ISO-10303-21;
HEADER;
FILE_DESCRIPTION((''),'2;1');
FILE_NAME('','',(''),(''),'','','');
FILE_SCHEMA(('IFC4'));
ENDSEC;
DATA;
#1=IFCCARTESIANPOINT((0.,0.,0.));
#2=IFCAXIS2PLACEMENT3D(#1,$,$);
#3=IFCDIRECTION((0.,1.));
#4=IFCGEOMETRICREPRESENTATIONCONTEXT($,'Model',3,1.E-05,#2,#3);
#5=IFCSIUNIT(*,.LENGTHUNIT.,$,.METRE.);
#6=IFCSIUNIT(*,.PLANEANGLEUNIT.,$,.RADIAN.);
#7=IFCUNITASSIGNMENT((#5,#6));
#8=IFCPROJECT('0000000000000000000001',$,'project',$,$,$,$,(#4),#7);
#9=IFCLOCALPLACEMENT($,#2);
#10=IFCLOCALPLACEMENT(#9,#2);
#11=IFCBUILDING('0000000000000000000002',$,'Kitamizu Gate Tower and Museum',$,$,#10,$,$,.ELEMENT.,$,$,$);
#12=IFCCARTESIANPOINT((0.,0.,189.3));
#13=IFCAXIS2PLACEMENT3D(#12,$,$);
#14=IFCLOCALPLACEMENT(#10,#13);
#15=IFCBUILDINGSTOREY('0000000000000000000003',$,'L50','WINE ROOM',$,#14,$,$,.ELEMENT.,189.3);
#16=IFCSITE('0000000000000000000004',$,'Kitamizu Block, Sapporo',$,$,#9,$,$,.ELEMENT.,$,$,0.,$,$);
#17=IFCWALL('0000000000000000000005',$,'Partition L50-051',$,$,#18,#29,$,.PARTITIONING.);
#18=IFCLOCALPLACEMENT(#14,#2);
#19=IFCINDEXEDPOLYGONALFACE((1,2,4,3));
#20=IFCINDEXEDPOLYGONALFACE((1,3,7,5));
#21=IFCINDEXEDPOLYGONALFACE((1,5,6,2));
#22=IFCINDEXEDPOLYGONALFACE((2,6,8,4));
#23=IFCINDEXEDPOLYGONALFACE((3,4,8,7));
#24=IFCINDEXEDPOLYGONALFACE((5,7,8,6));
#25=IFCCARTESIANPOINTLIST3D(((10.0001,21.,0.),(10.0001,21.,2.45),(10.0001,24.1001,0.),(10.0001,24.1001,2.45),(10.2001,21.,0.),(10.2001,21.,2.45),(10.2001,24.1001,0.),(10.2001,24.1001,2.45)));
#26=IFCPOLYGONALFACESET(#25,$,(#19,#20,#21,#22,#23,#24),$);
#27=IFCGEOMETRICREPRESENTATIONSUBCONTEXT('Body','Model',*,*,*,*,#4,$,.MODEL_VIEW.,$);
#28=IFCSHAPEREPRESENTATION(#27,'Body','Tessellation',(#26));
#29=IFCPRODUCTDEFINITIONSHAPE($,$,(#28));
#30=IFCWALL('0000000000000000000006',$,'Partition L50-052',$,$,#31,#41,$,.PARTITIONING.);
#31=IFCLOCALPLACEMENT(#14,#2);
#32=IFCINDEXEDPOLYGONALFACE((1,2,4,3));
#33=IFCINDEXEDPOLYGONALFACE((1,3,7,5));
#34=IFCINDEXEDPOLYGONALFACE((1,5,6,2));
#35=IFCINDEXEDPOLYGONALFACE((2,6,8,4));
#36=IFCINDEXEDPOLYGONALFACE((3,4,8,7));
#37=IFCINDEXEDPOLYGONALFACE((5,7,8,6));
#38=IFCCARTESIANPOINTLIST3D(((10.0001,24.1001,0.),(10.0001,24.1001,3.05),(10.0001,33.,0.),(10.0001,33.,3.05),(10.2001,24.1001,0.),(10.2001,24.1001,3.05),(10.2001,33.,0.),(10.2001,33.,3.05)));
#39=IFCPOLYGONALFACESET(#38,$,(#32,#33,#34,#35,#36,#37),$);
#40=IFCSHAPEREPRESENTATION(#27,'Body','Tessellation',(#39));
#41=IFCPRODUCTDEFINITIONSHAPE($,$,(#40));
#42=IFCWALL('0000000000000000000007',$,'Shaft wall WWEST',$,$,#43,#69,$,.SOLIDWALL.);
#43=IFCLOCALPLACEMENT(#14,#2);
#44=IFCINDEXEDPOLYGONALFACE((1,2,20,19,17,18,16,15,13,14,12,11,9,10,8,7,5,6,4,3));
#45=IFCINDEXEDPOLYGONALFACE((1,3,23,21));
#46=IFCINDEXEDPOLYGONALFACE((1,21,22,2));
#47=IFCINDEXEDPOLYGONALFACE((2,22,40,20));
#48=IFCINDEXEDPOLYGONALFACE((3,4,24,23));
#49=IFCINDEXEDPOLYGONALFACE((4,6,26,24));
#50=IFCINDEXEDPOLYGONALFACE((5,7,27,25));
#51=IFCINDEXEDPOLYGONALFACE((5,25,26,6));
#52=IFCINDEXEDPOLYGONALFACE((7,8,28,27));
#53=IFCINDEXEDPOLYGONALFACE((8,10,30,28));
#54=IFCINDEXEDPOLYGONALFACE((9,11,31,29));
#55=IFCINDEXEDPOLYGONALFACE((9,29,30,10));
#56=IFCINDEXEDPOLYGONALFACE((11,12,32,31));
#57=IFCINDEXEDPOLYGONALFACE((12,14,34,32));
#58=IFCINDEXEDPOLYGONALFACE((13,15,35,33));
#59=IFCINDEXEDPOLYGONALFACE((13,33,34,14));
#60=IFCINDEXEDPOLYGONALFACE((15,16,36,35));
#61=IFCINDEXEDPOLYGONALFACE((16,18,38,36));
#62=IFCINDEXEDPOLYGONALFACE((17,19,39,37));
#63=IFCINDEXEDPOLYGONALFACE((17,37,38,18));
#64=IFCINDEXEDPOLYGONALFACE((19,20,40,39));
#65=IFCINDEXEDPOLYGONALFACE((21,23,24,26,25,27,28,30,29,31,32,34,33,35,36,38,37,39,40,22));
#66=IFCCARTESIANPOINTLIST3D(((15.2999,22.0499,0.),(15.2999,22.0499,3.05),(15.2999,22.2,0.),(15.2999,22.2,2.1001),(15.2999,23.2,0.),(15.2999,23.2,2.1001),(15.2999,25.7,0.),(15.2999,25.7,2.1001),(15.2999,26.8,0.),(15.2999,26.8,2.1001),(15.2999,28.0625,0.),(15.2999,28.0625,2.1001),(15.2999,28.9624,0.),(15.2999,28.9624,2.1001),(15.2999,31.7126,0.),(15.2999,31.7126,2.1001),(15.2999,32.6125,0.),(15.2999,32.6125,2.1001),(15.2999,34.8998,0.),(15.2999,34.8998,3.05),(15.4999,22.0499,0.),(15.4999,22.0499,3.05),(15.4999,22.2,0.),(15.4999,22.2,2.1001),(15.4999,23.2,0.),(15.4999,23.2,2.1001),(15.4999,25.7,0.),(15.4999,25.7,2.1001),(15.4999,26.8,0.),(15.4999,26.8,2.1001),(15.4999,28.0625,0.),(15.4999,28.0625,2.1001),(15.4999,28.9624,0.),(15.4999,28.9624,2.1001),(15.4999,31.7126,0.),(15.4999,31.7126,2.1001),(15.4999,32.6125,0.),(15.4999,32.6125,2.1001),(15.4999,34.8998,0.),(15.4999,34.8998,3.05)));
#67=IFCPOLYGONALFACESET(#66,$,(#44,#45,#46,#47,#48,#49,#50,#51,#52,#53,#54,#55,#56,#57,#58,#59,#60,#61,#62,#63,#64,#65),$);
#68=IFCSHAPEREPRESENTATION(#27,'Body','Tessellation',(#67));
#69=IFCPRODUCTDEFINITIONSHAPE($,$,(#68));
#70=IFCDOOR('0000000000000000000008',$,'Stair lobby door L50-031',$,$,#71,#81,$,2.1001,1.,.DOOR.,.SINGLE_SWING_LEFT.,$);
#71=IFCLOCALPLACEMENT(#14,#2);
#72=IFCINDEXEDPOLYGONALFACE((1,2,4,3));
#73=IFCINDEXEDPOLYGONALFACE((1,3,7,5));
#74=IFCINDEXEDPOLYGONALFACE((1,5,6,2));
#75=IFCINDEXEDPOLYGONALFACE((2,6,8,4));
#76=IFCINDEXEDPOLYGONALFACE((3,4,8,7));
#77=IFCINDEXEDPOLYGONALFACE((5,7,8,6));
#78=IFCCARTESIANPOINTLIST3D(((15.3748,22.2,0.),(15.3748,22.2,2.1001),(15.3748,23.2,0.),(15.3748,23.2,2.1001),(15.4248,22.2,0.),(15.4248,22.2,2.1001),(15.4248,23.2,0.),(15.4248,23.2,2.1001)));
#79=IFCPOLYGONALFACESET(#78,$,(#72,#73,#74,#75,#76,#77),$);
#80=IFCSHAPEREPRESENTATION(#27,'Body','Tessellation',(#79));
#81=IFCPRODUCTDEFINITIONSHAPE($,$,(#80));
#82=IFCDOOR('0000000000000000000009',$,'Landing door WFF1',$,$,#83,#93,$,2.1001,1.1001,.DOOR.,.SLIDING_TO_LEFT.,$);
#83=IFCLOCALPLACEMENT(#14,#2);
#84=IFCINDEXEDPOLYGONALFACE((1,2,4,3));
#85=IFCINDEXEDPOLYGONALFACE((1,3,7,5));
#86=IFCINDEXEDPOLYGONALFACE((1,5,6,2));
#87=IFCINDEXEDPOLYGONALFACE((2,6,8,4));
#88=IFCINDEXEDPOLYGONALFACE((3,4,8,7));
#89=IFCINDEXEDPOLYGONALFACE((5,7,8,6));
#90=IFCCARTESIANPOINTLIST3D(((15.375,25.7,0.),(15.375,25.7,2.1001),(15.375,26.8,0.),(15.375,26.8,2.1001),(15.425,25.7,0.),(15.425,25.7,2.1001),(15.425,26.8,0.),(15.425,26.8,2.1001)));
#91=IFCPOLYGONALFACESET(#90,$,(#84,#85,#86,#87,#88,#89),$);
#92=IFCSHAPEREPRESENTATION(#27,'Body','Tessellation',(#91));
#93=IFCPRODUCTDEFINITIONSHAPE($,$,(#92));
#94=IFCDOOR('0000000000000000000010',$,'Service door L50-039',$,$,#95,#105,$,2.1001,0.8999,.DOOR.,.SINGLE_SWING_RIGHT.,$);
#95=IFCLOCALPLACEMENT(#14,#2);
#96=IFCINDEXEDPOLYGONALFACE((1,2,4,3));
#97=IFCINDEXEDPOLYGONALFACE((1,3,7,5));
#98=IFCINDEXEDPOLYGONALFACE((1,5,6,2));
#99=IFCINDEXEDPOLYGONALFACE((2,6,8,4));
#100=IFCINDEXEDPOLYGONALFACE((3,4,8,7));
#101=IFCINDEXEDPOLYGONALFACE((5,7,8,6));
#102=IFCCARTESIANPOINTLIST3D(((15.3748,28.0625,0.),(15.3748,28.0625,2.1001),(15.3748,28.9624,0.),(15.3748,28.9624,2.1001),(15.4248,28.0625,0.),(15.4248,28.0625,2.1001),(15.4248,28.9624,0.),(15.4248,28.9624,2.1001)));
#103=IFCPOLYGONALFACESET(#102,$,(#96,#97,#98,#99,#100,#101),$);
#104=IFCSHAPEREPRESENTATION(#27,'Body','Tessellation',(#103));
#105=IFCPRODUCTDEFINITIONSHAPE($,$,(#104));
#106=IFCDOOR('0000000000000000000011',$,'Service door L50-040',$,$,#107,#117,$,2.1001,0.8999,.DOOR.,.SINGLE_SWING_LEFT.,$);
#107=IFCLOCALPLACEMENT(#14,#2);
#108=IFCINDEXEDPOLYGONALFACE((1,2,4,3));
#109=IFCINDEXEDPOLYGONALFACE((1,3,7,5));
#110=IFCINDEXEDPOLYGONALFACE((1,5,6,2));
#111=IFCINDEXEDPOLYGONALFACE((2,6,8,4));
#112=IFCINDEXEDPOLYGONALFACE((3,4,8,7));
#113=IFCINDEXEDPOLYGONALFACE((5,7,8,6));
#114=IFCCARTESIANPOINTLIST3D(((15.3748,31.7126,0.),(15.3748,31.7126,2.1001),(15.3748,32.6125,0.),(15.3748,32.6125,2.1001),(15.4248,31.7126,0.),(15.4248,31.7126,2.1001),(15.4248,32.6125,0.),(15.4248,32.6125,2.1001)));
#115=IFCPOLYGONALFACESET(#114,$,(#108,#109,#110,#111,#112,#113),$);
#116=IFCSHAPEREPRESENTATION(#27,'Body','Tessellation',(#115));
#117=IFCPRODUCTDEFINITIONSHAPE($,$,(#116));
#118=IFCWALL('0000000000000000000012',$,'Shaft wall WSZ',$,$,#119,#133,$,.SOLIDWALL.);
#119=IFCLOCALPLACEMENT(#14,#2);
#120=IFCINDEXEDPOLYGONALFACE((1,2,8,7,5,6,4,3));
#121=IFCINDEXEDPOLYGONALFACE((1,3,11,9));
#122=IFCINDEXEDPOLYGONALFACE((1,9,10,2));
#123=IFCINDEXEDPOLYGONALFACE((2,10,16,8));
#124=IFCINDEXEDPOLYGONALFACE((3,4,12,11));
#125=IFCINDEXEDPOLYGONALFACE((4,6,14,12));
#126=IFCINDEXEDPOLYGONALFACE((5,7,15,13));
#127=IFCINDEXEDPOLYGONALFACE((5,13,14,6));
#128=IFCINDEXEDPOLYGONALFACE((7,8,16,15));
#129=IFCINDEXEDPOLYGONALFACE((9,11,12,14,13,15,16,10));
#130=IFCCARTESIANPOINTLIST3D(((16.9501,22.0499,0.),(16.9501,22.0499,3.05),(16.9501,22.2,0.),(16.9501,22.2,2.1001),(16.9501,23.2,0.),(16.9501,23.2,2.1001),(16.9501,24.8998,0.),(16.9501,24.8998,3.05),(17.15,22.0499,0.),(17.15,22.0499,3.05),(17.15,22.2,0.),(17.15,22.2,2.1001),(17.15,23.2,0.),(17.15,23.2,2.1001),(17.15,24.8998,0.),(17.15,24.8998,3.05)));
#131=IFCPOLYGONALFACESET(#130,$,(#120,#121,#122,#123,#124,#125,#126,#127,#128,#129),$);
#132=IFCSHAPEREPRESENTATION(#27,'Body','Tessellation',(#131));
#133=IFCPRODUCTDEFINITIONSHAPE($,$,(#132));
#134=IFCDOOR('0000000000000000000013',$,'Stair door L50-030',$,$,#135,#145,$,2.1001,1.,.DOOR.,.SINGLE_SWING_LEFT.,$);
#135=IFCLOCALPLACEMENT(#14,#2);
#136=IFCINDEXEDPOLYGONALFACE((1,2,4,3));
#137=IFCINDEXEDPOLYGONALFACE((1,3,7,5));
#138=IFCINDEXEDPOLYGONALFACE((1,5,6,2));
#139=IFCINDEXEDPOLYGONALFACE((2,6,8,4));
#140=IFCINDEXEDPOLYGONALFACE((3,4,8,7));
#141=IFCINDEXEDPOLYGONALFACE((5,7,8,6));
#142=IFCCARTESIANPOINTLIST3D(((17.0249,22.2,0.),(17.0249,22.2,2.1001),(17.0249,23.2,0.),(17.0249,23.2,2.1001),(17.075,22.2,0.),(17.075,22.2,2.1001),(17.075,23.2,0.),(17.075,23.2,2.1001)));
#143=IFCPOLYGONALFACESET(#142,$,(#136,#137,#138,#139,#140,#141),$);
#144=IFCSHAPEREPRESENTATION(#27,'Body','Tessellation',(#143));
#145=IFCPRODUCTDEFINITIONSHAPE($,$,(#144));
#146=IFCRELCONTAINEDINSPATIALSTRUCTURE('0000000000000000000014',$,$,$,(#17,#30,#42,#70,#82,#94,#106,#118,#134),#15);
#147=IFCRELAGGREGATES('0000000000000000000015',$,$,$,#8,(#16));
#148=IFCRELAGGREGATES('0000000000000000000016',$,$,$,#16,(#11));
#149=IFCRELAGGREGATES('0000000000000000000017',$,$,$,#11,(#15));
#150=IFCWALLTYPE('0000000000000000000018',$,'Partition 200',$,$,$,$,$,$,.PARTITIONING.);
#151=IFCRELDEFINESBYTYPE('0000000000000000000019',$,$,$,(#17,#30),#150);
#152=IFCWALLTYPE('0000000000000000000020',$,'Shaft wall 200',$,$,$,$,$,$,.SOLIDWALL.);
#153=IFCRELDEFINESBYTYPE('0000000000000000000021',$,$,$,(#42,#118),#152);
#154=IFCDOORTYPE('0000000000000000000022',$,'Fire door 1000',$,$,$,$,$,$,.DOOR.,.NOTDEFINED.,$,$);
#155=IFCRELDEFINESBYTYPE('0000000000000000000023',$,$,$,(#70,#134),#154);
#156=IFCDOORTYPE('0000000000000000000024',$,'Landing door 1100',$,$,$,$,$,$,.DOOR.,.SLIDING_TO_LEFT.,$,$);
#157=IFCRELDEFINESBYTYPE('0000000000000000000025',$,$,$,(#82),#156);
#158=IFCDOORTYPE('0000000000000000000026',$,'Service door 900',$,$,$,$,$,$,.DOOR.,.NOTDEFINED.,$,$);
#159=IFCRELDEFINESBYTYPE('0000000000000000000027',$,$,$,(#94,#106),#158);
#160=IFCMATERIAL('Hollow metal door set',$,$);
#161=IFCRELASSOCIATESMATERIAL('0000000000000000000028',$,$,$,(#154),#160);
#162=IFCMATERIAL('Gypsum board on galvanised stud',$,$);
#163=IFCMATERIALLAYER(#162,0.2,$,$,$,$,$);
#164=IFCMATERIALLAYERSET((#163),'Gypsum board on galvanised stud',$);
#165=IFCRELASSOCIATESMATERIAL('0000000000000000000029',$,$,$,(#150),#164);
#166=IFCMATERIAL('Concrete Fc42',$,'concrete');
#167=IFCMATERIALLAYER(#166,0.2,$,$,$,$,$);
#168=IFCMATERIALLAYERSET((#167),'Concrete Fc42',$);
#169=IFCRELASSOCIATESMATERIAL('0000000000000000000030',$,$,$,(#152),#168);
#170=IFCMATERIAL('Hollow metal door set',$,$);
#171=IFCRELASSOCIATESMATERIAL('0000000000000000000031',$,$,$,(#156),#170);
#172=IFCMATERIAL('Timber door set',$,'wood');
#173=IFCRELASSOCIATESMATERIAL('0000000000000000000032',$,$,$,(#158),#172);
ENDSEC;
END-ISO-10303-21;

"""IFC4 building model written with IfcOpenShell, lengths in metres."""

from ifc_helpers import new_model, si_unit, direction, frame, frame_2d, origin, place, context, subcontext, project, spatial, rectangle, extrude, material, layer, layer_set, type_object, element, fill, save


model = new_model("IFC4")

# Units and contexts
model_context = context("Model", 3, precision=1e-05, world=origin(), true_north=direction((0.0, 1.0)))
body_context = subcontext(model_context, "Body", "Model", "MODEL_VIEW")
ifc_project = project(units=[si_unit("LENGTHUNIT", "METRE"), si_unit("PLANEANGLEUNIT", "RADIAN")], contexts=[model_context])

# Site, building, storey
site_placement = place(None, origin())
site = spatial("IfcSite", under=ifc_project, at=site_placement, Name="Kitamizu Block, Sapporo", CompositionType="ELEMENT", RefElevation=0.0)
building_placement = place(site_placement, origin())
building = spatial("IfcBuilding", under=site, at=building_placement, Name="Kitamizu Gate Tower and Museum", CompositionType="ELEMENT")
storey_placement = place(building_placement, frame((0.0, 0.0, 189.3)))
storey = spatial("IfcBuildingStorey", under=building, at=storey_placement, Name="L50", Description="WINE ROOM", CompositionType="ELEMENT", Elevation=189.3)

# Shared definitions
ifc_material_1 = material(Name="Hollow metal door set")
door_type_1 = type_object("IfcDoorType", Name="Fire door 1000", OperationType="NOTDEFINED", PredefinedType="DOOR", material=ifc_material_1)

# Walls
ifc_material_2 = material(Name="Gypsum board on galvanised stud")
ifc_layer_1 = layer(ifc_material_2, 0.2)
ifc_layer_set_1 = layer_set([ifc_layer_1], Name="Gypsum board on galvanised stud")
wall_type_1 = type_object("IfcWallType", Name="Partition 200", PredefinedType="PARTITIONING", material=ifc_layer_set_1)
wall_1_placement = place(storey_placement, frame((10.1001, 21.0, 0.0), z_axis=(0.0, 0.0, 1.0), x_axis=(0.0, 1.0, 0.0)))
element("IfcWall", 1, at=wall_1_placement, inside=storey, type_object=wall_type_1, Name="Partition L50-051", PredefinedType="PARTITIONING", context=body_context, shape_type="SweptSolid", body=[
    extrude(rectangle(XDim=3.1001, YDim=0.2, at=frame_2d((1.55, 0.0))), origin(), (0.0, 0.0, 1.0), 2.45),
])
wall_2_placement = place(storey_placement, frame((10.1001, 24.1001, 0.0), z_axis=(0.0, 0.0, 1.0), x_axis=(0.0, 1.0, 0.0)))
element("IfcWall", 2, at=wall_2_placement, inside=storey, type_object=wall_type_1, Name="Partition L50-052", PredefinedType="PARTITIONING", context=body_context, shape_type="SweptSolid", body=[
    extrude(rectangle(XDim=8.8999, YDim=0.2, at=frame_2d((4.45, 0.0))), origin(), (0.0, 0.0, 1.0), 3.05),
])

# Wall, openings, doors
ifc_material_3 = material(Name="Concrete Fc42", Category="concrete")
ifc_layer_2 = layer(ifc_material_3, 0.2)
ifc_layer_set_2 = layer_set([ifc_layer_2], Name="Concrete Fc42")
wall_type_2 = type_object("IfcWallType", Name="Shaft wall 200", PredefinedType="SOLIDWALL", material=ifc_layer_set_2)
wall_3_placement = place(storey_placement, frame((15.3999, 22.05, 0.0), z_axis=(0.0, 0.0, 1.0), x_axis=(0.0, 1.0, 0.0)))
wall_3 = element("IfcWall", 3, at=wall_3_placement, inside=storey, type_object=wall_type_2, Name="Shaft wall WWEST", PredefinedType="SOLIDWALL", context=body_context, shape_type="SweptSolid", body=[
    extrude(rectangle(XDim=12.8499, YDim=0.2, at=frame_2d((6.4248, 0.0))), origin(), (0.0, 0.0, 1.0), 3.05),
])
opening_1_placement = place(wall_3_placement, frame((3.6499, 0.0, 0.0)))
opening_1 = element("IfcOpeningElement", 4, at=opening_1_placement, cuts=wall_3, PredefinedType="OPENING", context=body_context, shape_type="SweptSolid", body=[
    extrude(rectangle(XDim=1.1001, YDim=2.1001, at=frame_2d((0.55, 1.05))), frame((0.0, 0.1099, 0.0), z_axis=(0.0, -1.0, 0.0), x_axis=(1.0, 0.0, 0.0)), (0.0, 0.0, 1.0), 0.22),
])
opening_2_placement = place(wall_3_placement, frame((0.1499, 0.0, 0.0)))
opening_2 = element("IfcOpeningElement", 5, at=opening_2_placement, cuts=wall_3, PredefinedType="OPENING", context=body_context, shape_type="SweptSolid", body=[
    extrude(rectangle(XDim=1.0, YDim=2.1001, at=frame_2d((0.5, 1.05))), frame((0.0, 0.1099, 0.0), z_axis=(0.0, -1.0, 0.0), x_axis=(1.0, 0.0, 0.0)), (0.0, 0.0, 1.0), 0.22),
])
opening_3_placement = place(wall_3_placement, frame((6.0125, 0.0, 0.0)))
opening_3 = element("IfcOpeningElement", 6, at=opening_3_placement, cuts=wall_3, PredefinedType="OPENING", context=body_context, shape_type="SweptSolid", body=[
    extrude(rectangle(XDim=0.8999, YDim=2.1001, at=frame_2d((0.45, 1.05))), frame((0.0, 0.1099, 0.0), z_axis=(0.0, -1.0, 0.0), x_axis=(1.0, 0.0, 0.0)), (0.0, 0.0, 1.0), 0.22),
])
opening_4_placement = place(wall_3_placement, frame((9.6626, 0.0, 0.0)))
opening_4 = element("IfcOpeningElement", 7, at=opening_4_placement, cuts=wall_3, PredefinedType="OPENING", context=body_context, shape_type="SweptSolid", body=[
    extrude(rectangle(XDim=0.8999, YDim=2.1001, at=frame_2d((0.45, 1.05))), frame((0.0, 0.1099, 0.0), z_axis=(0.0, -1.0, 0.0), x_axis=(1.0, 0.0, 0.0)), (0.0, 0.0, 1.0), 0.22),
])
door_1_placement = place(opening_2_placement, frame((1.0, 0.0, 0.0), x_axis=(-1.0, 0.0, 0.0)))
door_1 = element("IfcDoor", 8, at=door_1_placement, inside=storey, type_object=door_type_1, Name="Stair lobby door L50-031", OperationType="SINGLE_SWING_LEFT", OverallHeight=2.1001, OverallWidth=1.0, PredefinedType="DOOR", context=body_context, shape_type="SweptSolid", body=[
    extrude(rectangle(XDim=1.0, YDim=2.1001, at=frame_2d((0.5, 1.05))), frame((0.0, 0.0249, 0.0), z_axis=(0.0, -1.0, 0.0), x_axis=(1.0, 0.0, 0.0)), (0.0, 0.0, 1.0), 0.05),
])
fill(opening_2, door_1)
ifc_material_4 = material(Name="Hollow metal door set")
door_type_2 = type_object("IfcDoorType", Name="Landing door 1100", OperationType="SLIDING_TO_LEFT", PredefinedType="DOOR", material=ifc_material_4)
door_2_placement = place(opening_1_placement, origin())
door_2 = element("IfcDoor", 9, at=door_2_placement, inside=storey, type_object=door_type_2, Name="Landing door WFF1", OperationType="SLIDING_TO_LEFT", OverallHeight=2.1001, OverallWidth=1.1001, PredefinedType="DOOR", context=body_context, shape_type="SweptSolid", body=[
    extrude(rectangle(XDim=1.1001, YDim=2.1001, at=frame_2d((0.55, 1.05))), frame((0.0, 0.0249, 0.0), z_axis=(0.0, -1.0, 0.0), x_axis=(1.0, 0.0, 0.0)), (0.0, 0.0, 1.0), 0.05),
])
fill(opening_1, door_2)
ifc_material_5 = material(Name="Timber door set", Category="wood")
door_type_3 = type_object("IfcDoorType", Name="Service door 900", OperationType="NOTDEFINED", PredefinedType="DOOR", material=ifc_material_5)
door_3_placement = place(opening_3_placement, frame((0.8999, 0.0, 0.0), x_axis=(-1.0, 0.0, 0.0)))
door_3 = element("IfcDoor", 10, at=door_3_placement, inside=storey, type_object=door_type_3, Name="Service door L50-039", OperationType="SINGLE_SWING_RIGHT", OverallHeight=2.1001, OverallWidth=0.8999, PredefinedType="DOOR", context=body_context, shape_type="SweptSolid", body=[
    extrude(rectangle(XDim=0.8999, YDim=2.1001, at=frame_2d((0.45, 1.05))), frame((0.0, 0.0249, 0.0), z_axis=(0.0, -1.0, 0.0), x_axis=(1.0, 0.0, 0.0)), (0.0, 0.0, 1.0), 0.05),
])
fill(opening_3, door_3)
door_4_placement = place(opening_4_placement, frame((0.8999, 0.0, 0.0), x_axis=(-1.0, 0.0, 0.0)))
door_4 = element("IfcDoor", 11, at=door_4_placement, inside=storey, type_object=door_type_3, Name="Service door L50-040", OperationType="SINGLE_SWING_LEFT", OverallHeight=2.1001, OverallWidth=0.8999, PredefinedType="DOOR", context=body_context, shape_type="SweptSolid", body=[
    extrude(rectangle(XDim=0.8999, YDim=2.1001, at=frame_2d((0.45, 1.05))), frame((0.0, 0.0249, 0.0), z_axis=(0.0, -1.0, 0.0), x_axis=(1.0, 0.0, 0.0)), (0.0, 0.0, 1.0), 0.05),
])
fill(opening_4, door_4)

# Wall, opening, door
wall_4_placement = place(storey_placement, frame((17.05, 22.05, 0.0), z_axis=(0.0, 0.0, 1.0), x_axis=(0.0, 1.0, 0.0)))
wall_4 = element("IfcWall", 12, at=wall_4_placement, inside=storey, type_object=wall_type_2, Name="Shaft wall WSZ", PredefinedType="SOLIDWALL", context=body_context, shape_type="SweptSolid", body=[
    extrude(rectangle(XDim=2.8499, YDim=0.2, at=frame_2d((1.4248, 0.0))), origin(), (0.0, 0.0, 1.0), 3.05),
])
opening_5_placement = place(wall_4_placement, frame((0.1499, 0.0, 0.0)))
opening_5 = element("IfcOpeningElement", 13, at=opening_5_placement, cuts=wall_4, PredefinedType="OPENING", context=body_context, shape_type="SweptSolid", body=[
    extrude(rectangle(XDim=1.0, YDim=2.1001, at=frame_2d((0.5, 1.05))), frame((0.0, 0.1099, 0.0), z_axis=(0.0, -1.0, 0.0), x_axis=(1.0, 0.0, 0.0)), (0.0, 0.0, 1.0), 0.22),
])
door_5_placement = place(opening_5_placement, frame((1.0, 0.0, 0.0), x_axis=(-1.0, 0.0, 0.0)))
door_5 = element("IfcDoor", 14, at=door_5_placement, inside=storey, type_object=door_type_1, Name="Stair door L50-030", OperationType="SINGLE_SWING_LEFT", OverallHeight=2.1001, OverallWidth=1.0, PredefinedType="DOOR", context=body_context, shape_type="SweptSolid", body=[
    extrude(rectangle(XDim=1.0, YDim=2.1001, at=frame_2d((0.5, 1.05))), frame((0.0, 0.0249, 0.0), z_axis=(0.0, -1.0, 0.0), x_axis=(1.0, 0.0, 0.0)), (0.0, 0.0, 1.0), 0.05),
])
fill(opening_5, door_5)

save(model, "model.ifc")
